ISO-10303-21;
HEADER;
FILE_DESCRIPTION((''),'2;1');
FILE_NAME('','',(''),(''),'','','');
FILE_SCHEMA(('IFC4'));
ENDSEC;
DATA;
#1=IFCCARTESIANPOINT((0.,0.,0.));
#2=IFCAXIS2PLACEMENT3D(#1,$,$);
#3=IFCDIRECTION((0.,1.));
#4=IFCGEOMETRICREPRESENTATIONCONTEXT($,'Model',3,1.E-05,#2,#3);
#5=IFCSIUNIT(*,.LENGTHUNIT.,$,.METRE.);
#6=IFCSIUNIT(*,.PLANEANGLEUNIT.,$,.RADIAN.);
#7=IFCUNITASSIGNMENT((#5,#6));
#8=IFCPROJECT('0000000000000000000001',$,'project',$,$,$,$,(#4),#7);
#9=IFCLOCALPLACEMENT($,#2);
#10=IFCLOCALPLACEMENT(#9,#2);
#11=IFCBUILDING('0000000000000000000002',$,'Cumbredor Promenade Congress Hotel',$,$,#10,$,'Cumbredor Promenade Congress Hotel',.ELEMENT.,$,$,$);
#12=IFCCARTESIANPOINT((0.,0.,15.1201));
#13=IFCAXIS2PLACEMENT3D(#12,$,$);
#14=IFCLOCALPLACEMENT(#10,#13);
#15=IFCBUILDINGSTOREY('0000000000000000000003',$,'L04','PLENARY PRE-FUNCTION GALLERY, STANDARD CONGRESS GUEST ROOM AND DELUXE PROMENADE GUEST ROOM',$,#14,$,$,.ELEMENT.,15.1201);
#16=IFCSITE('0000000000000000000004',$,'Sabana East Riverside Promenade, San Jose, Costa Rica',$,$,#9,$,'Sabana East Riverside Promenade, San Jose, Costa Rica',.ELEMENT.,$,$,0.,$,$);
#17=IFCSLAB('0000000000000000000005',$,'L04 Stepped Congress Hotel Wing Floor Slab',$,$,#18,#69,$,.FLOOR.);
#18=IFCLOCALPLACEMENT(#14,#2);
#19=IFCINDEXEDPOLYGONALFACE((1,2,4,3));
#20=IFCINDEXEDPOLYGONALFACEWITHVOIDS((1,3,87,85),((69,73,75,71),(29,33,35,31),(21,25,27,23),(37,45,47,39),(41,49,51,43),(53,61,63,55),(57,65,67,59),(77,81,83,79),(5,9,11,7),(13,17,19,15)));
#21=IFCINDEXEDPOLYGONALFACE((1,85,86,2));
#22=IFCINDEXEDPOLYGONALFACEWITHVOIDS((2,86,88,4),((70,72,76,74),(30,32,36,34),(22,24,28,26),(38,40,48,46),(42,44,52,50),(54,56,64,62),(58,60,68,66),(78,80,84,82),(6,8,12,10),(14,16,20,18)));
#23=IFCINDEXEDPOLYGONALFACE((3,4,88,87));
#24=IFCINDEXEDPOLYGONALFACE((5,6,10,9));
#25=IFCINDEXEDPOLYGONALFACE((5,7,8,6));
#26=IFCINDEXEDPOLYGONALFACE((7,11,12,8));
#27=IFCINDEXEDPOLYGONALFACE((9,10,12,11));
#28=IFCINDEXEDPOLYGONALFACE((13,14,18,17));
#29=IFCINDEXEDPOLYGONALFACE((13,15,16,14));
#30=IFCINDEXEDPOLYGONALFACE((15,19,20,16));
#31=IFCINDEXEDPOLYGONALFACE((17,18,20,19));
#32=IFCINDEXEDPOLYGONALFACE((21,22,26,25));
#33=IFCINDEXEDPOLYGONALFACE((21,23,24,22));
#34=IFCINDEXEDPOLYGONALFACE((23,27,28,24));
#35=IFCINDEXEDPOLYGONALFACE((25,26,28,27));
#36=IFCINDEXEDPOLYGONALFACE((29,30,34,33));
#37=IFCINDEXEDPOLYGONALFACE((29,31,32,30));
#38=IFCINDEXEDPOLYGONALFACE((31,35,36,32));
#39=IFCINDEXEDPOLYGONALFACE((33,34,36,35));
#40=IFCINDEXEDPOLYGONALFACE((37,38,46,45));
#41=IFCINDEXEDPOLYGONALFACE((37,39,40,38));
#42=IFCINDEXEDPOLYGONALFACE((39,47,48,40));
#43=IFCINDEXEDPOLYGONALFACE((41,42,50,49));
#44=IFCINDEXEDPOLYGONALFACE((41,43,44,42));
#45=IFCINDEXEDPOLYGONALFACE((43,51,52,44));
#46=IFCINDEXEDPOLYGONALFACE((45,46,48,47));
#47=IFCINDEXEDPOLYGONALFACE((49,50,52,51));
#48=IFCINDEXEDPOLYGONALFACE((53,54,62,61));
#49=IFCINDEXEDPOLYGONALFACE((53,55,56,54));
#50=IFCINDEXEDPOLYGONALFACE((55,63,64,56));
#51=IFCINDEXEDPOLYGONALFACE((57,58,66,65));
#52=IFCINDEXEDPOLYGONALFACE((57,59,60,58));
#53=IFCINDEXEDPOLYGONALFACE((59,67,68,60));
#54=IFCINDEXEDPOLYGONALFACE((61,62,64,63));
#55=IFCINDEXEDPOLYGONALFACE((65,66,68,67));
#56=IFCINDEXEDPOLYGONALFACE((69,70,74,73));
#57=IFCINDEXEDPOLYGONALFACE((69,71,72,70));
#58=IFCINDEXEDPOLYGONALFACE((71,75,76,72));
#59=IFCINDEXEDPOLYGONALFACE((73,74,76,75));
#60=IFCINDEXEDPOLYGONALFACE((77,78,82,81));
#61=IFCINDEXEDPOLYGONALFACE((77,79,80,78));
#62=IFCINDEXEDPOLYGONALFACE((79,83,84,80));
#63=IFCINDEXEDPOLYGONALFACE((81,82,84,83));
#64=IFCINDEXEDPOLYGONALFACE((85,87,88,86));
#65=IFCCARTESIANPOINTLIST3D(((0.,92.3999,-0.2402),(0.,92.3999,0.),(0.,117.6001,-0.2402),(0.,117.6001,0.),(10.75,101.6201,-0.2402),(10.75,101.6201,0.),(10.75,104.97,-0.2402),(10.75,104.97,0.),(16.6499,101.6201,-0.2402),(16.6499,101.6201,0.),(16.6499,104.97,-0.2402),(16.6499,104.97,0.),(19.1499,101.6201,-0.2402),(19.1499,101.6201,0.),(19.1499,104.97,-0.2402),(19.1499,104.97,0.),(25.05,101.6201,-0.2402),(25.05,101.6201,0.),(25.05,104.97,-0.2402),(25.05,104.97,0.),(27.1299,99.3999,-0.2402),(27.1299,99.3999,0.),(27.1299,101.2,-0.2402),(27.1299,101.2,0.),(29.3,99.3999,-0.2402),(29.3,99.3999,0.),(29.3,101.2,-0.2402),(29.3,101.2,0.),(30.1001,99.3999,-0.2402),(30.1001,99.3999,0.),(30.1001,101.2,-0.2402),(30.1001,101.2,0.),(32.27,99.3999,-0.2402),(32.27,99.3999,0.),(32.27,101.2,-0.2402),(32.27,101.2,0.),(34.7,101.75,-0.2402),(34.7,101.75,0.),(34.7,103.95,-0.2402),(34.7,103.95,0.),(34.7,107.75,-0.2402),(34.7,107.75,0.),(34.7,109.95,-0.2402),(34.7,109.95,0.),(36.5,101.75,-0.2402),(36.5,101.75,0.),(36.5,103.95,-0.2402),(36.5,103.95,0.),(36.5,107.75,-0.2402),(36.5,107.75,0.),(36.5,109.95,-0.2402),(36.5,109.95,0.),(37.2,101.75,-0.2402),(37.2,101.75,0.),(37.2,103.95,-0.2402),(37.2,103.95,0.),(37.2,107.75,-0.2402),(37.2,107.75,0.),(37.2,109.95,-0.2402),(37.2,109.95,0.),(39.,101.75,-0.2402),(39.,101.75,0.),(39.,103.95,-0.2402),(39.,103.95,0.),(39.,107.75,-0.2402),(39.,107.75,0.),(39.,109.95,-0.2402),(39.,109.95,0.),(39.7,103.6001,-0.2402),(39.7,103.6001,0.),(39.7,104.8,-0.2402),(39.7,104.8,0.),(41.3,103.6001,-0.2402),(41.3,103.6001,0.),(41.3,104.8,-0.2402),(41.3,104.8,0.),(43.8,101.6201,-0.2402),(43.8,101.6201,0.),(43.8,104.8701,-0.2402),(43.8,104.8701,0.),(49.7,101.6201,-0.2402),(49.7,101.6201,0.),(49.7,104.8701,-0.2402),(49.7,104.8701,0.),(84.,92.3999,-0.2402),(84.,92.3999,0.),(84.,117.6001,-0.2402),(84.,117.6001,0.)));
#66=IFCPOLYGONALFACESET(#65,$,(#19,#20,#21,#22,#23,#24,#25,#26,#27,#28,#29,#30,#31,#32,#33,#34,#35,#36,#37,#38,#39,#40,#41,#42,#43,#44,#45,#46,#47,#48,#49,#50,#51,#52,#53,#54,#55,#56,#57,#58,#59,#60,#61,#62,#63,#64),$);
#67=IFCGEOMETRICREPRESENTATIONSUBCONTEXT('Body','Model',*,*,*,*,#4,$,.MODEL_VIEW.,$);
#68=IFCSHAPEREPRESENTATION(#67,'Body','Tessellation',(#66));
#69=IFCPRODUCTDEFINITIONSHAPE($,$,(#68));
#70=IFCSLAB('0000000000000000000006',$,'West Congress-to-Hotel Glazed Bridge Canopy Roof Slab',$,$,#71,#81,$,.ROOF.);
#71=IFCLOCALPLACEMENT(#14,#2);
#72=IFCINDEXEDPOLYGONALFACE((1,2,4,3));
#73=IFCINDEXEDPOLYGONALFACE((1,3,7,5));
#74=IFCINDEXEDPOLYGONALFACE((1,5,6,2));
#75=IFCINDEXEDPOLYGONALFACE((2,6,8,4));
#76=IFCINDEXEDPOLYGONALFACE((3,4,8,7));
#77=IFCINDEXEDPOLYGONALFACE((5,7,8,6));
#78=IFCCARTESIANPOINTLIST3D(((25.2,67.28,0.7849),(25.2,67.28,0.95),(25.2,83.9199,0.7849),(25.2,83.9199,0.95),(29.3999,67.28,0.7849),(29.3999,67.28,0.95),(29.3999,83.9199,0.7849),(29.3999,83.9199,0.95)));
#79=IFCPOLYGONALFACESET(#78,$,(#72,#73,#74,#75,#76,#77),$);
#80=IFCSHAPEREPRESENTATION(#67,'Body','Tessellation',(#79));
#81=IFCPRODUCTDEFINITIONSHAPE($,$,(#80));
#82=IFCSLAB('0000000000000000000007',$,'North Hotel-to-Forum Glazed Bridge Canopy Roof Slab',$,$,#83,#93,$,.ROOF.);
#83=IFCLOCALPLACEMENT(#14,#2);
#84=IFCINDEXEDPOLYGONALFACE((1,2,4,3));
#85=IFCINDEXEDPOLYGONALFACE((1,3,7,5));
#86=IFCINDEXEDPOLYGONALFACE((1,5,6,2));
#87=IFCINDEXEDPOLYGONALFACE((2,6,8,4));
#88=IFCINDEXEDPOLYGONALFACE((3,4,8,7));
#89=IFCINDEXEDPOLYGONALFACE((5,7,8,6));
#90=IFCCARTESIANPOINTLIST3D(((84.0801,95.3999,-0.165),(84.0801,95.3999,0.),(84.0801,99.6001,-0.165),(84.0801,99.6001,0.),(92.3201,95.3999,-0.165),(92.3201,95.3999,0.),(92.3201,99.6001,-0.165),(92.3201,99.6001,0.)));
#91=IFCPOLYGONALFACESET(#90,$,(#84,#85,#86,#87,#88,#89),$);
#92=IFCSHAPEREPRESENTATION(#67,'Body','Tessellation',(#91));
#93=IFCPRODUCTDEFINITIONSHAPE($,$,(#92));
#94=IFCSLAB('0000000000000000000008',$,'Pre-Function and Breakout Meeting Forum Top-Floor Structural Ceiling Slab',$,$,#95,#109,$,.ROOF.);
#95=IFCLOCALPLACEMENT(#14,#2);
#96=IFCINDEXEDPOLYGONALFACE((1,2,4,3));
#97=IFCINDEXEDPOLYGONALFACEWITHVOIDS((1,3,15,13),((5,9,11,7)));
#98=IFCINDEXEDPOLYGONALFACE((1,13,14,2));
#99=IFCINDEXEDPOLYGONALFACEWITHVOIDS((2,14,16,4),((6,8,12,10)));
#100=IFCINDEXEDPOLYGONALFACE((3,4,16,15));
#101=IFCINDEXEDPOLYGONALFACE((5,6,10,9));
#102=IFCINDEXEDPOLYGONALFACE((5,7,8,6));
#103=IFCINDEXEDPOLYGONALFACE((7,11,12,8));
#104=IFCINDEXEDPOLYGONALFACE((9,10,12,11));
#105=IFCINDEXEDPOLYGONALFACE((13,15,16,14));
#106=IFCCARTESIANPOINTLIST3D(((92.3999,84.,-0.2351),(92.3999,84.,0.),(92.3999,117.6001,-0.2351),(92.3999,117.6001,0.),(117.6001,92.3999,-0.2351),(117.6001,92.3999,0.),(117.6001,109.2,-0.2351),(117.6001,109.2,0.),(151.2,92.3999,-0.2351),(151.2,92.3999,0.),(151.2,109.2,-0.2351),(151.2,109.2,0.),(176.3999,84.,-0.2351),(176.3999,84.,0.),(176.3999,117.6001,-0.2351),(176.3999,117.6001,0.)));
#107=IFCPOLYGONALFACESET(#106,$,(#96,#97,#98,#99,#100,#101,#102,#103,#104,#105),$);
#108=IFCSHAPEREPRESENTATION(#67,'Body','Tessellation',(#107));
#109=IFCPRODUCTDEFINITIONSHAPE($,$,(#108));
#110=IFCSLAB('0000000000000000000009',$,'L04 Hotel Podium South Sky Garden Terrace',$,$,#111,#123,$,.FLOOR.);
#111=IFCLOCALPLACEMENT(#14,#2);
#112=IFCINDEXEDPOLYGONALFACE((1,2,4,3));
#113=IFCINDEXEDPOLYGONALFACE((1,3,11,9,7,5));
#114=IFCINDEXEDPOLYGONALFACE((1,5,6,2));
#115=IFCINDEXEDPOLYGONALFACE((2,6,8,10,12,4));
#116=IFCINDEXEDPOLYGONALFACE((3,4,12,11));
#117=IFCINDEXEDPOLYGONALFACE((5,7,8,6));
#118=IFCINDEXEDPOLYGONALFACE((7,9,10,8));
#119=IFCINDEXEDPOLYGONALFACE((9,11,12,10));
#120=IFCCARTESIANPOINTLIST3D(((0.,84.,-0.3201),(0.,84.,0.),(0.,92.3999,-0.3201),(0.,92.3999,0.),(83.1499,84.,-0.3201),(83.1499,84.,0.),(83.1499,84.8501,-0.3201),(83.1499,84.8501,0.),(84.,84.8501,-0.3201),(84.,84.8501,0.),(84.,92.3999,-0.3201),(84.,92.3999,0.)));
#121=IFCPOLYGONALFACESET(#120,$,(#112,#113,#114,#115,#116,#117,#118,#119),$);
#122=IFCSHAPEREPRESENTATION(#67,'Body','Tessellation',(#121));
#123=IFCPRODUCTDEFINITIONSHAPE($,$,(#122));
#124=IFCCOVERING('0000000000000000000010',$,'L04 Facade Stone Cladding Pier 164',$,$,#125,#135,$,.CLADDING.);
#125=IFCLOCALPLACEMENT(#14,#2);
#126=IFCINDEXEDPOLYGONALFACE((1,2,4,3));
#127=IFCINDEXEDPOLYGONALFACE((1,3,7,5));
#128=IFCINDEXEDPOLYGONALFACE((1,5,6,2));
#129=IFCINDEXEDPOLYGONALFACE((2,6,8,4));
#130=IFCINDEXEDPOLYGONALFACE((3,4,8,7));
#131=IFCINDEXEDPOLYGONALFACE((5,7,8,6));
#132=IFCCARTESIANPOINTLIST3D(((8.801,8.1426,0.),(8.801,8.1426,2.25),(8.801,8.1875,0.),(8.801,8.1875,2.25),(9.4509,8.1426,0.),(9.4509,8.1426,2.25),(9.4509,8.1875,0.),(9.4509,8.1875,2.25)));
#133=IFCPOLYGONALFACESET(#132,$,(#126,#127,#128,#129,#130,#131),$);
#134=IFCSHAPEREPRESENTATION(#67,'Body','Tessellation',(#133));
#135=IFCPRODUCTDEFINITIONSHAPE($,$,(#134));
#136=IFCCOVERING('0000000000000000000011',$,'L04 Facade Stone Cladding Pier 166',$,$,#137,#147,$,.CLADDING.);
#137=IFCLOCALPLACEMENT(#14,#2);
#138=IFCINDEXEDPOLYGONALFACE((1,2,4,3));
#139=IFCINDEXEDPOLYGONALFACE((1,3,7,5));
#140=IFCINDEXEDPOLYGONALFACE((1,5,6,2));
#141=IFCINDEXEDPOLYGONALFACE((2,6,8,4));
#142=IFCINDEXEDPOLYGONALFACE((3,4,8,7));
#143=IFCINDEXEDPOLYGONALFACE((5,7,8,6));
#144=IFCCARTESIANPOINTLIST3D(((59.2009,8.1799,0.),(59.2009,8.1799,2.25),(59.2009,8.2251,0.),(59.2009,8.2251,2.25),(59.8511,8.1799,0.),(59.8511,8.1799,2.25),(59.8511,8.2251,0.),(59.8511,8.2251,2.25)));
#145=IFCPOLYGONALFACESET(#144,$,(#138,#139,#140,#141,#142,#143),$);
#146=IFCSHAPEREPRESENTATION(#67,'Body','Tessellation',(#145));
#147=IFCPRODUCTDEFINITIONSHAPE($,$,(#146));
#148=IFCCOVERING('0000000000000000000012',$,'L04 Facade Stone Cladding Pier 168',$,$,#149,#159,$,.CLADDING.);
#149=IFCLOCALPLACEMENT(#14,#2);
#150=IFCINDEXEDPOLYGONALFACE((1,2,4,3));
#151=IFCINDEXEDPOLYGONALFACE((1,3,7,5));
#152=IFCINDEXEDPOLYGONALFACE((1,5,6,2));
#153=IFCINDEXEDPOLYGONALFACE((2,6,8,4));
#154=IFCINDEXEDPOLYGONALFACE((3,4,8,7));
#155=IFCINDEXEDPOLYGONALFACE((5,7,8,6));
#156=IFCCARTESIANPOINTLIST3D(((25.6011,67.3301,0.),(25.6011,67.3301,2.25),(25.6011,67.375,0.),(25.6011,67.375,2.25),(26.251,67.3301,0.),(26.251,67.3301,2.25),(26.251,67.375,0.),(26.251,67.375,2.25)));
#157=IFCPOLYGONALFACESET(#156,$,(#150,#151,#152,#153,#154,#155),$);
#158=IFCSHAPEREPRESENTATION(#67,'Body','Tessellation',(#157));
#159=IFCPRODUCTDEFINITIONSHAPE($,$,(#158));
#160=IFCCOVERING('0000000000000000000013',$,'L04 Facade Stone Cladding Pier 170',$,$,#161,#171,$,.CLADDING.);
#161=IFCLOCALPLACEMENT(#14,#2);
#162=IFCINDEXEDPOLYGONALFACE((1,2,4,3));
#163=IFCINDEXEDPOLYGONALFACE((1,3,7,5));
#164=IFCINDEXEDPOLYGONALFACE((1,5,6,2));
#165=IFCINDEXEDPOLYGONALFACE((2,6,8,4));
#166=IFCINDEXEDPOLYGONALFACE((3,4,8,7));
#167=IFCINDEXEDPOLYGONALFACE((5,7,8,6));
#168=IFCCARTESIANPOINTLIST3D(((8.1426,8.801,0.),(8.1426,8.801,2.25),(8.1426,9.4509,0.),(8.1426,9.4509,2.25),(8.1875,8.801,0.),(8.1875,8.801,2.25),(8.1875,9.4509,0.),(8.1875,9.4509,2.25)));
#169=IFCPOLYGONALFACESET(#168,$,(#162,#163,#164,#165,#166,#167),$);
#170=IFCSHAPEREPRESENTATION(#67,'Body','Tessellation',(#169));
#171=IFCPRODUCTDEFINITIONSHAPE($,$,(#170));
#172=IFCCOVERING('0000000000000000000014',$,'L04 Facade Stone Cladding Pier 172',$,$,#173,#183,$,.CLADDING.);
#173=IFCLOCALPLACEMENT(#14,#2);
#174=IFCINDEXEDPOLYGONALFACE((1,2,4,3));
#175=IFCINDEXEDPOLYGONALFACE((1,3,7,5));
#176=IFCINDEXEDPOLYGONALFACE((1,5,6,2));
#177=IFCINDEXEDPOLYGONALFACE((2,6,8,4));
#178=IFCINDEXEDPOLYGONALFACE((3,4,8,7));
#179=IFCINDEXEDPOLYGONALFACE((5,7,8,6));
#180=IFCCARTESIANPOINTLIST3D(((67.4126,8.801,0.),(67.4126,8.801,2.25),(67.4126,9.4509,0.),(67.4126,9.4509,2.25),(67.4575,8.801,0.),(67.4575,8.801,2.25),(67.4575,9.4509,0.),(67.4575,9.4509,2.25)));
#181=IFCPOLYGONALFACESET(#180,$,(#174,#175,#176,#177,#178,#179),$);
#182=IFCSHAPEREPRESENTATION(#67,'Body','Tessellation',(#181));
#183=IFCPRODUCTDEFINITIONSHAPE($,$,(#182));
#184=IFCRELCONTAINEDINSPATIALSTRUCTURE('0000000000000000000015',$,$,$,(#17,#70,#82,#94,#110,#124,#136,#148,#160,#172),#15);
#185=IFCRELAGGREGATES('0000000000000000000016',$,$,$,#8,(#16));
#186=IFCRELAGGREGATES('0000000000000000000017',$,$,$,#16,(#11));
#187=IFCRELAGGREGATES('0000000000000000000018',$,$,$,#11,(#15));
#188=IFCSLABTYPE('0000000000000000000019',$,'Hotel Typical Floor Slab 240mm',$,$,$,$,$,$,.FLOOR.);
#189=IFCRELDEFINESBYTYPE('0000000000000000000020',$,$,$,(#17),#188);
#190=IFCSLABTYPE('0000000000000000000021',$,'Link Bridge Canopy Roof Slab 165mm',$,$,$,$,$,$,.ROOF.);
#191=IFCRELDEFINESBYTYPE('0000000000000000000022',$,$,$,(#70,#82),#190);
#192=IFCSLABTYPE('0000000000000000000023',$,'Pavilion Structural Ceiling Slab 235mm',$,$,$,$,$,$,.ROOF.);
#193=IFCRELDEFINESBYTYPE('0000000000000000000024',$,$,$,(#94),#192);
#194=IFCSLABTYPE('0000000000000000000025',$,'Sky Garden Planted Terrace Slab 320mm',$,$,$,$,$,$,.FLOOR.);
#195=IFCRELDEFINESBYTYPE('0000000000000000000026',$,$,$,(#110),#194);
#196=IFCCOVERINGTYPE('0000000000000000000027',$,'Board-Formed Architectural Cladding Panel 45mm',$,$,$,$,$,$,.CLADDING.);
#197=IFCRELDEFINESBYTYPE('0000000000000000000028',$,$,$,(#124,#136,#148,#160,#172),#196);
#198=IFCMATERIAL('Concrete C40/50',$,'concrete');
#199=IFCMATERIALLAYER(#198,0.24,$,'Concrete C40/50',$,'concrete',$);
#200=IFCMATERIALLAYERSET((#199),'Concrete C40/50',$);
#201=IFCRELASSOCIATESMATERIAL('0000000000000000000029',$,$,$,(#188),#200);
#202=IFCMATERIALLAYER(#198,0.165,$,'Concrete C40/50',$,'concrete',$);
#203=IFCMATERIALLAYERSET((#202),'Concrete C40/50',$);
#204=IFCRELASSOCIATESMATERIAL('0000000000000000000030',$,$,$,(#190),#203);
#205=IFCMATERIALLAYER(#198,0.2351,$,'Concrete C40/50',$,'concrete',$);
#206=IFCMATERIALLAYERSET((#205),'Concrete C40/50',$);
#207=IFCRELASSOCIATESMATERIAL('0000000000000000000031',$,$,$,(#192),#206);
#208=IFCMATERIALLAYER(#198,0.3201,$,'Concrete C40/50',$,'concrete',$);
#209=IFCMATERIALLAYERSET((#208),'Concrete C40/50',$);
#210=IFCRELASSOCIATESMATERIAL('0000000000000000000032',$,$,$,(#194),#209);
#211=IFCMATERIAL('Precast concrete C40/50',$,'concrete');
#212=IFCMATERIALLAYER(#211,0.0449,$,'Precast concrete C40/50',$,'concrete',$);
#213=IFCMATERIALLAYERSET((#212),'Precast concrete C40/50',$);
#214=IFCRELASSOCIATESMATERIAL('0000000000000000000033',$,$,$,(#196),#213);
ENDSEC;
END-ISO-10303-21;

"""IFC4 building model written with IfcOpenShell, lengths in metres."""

from ifc_helpers import new_model, si_unit, direction, frame, origin, place, context, subcontext, project, spatial, polyline, outline, extrude, material, layer, layer_set, type_object, element, save


model = new_model("IFC4")

# Units and contexts
model_context = context("Model", 3, precision=1e-05, world=origin(), true_north=direction((0.0, 1.0)))
body_context = subcontext(model_context, "Body", "Model", "MODEL_VIEW")
ifc_project = project(units=[si_unit("LENGTHUNIT", "METRE"), si_unit("PLANEANGLEUNIT", "RADIAN")], contexts=[model_context])

# Site, building, storey
site_placement = place(None, origin())
site = spatial("IfcSite", under=ifc_project, at=site_placement, Name="Sabana East Riverside Promenade, San Jose, Costa Rica", LongName="Sabana East Riverside Promenade, San Jose, Costa Rica", CompositionType="ELEMENT", RefElevation=0.0)
building_placement = place(site_placement, origin())
building = spatial("IfcBuilding", under=site, at=building_placement, Name="Cumbredor Promenade Congress Hotel", LongName="Cumbredor Promenade Congress Hotel", CompositionType="ELEMENT")
storey_placement = place(building_placement, frame((0.0, 0.0, 15.1201)))
storey = spatial("IfcBuildingStorey", under=building, at=storey_placement, Name="L04", Description="PLENARY PRE-FUNCTION GALLERY, STANDARD CONGRESS GUEST ROOM AND DELUXE PROMENADE GUEST ROOM", CompositionType="ELEMENT", Elevation=15.1201)

# Slabs
ifc_material_1 = material(Name="Concrete C40/50", Category="concrete")
ifc_layer_1 = layer(ifc_material_1, 0.24, Name="Concrete C40/50", Category="concrete")
ifc_layer_set_1 = layer_set([ifc_layer_1], Name="Concrete C40/50")
slab_type_1 = type_object("IfcSlabType", Name="Hotel Typical Floor Slab 240mm", PredefinedType="FLOOR", material=ifc_layer_set_1)
slab_1_placement = place(storey_placement, frame((0.0, 0.0, -0.2402)))
element("IfcSlab", 1, at=slab_1_placement, inside=storey, type_object=slab_type_1, Name="L04 Stepped Congress Hotel Wing Floor Slab", PredefinedType="FLOOR", context=body_context, shape_type="SweptSolid", body=[
    extrude(outline(polyline([(0.0, 92.3999), (84.0, 92.3999), (84.0, 117.6001), (0.0, 117.6001), (0.0, 92.3999)]), holes=[polyline([(10.75, 101.6201), (16.6499, 101.6201), (16.6499, 104.97), (10.75, 104.97), (10.75, 101.6201)]), polyline([(19.1499, 101.6201), (25.05, 101.6201), (25.05, 104.97), (19.1499, 104.97), (19.1499, 101.6201)]), polyline([(43.8, 101.6201), (49.7, 101.6201), (49.7, 104.8701), (43.8, 104.8701), (43.8, 101.6201)]), polyline([(27.1299, 99.3999), (29.3, 99.3999), (29.3, 101.2), (27.1299, 101.2), (27.1299, 99.3999)]), polyline([(30.1001, 99.3999), (32.27, 99.3999), (32.27, 101.2), (30.1001, 101.2), (30.1001, 99.3999)]), polyline([(34.7, 107.75), (36.5, 107.75), (36.5, 109.95), (34.7, 109.95), (34.7, 107.75)]), polyline([(37.2, 107.75), (39.0, 107.75), (39.0, 109.95), (37.2, 109.95), (37.2, 107.75)]), polyline([(34.7, 101.75), (36.5, 101.75), (36.5, 103.95), (34.7, 103.95), (34.7, 101.75)]), polyline([(37.2, 101.75), (39.0, 101.75), (39.0, 103.95), (37.2, 103.95), (37.2, 101.75)]), polyline([(39.7, 103.6001), (41.3, 103.6001), (41.3, 104.8), (39.7, 104.8), (39.7, 103.6001)])]), origin(), (0.0, 0.0, 1.0), 0.2402),
])
ifc_layer_2 = layer(ifc_material_1, 0.165, Name="Concrete C40/50", Category="concrete")
ifc_layer_set_2 = layer_set([ifc_layer_2], Name="Concrete C40/50")
slab_type_2 = type_object("IfcSlabType", Name="Link Bridge Canopy Roof Slab 165mm", PredefinedType="ROOF", material=ifc_layer_set_2)
slab_2_placement = place(storey_placement, frame((0.0, 0.0, 0.7849)))
element("IfcSlab", 2, at=slab_2_placement, inside=storey, type_object=slab_type_2, Name="West Congress-to-Hotel Glazed Bridge Canopy Roof Slab", PredefinedType="ROOF", context=body_context, shape_type="SweptSolid", body=[
    extrude(outline(polyline([(25.2, 67.28), (29.3999, 67.28), (29.3999, 83.9199), (25.2, 83.9199), (25.2, 67.28)])), origin(), (0.0, 0.0, 1.0), 0.165),
])
slab_3_placement = place(storey_placement, frame((0.0, 0.0, -0.165)))
element("IfcSlab", 3, at=slab_3_placement, inside=storey, type_object=slab_type_2, Name="North Hotel-to-Forum Glazed Bridge Canopy Roof Slab", PredefinedType="ROOF", context=body_context, shape_type="SweptSolid", body=[
    extrude(outline(polyline([(84.0801, 95.3999), (92.3201, 95.3999), (92.3201, 99.6001), (84.0801, 99.6001), (84.0801, 95.3999)])), origin(), (0.0, 0.0, 1.0), 0.165),
])
ifc_layer_3 = layer(ifc_material_1, 0.2351, Name="Concrete C40/50", Category="concrete")
ifc_layer_set_3 = layer_set([ifc_layer_3], Name="Concrete C40/50")
slab_type_3 = type_object("IfcSlabType", Name="Pavilion Structural Ceiling Slab 235mm", PredefinedType="ROOF", material=ifc_layer_set_3)
slab_4_placement = place(storey_placement, frame((0.0, 0.0, -0.2351)))
element("IfcSlab", 4, at=slab_4_placement, inside=storey, type_object=slab_type_3, Name="Pre-Function and Breakout Meeting Forum Top-Floor Structural Ceiling Slab", PredefinedType="ROOF", context=body_context, shape_type="SweptSolid", body=[
    extrude(outline(polyline([(92.3999, 84.0), (176.3999, 84.0), (176.3999, 117.6001), (92.3999, 117.6001), (92.3999, 84.0)]), holes=[polyline([(117.6001, 92.3999), (151.2, 92.3999), (151.2, 109.2), (117.6001, 109.2), (117.6001, 92.3999)])]), origin(), (0.0, 0.0, 1.0), 0.2351),
])
ifc_layer_4 = layer(ifc_material_1, 0.3201, Name="Concrete C40/50", Category="concrete")
ifc_layer_set_4 = layer_set([ifc_layer_4], Name="Concrete C40/50")
slab_type_4 = type_object("IfcSlabType", Name="Sky Garden Planted Terrace Slab 320mm", PredefinedType="FLOOR", material=ifc_layer_set_4)
slab_5_placement = place(storey_placement, frame((0.0, 0.0, -0.3201)))
element("IfcSlab", 5, at=slab_5_placement, inside=storey, type_object=slab_type_4, Name="L04 Hotel Podium South Sky Garden Terrace", PredefinedType="FLOOR", context=body_context, shape_type="SweptSolid", body=[
    extrude(outline(polyline([(0.0, 84.0), (83.1499, 84.0), (83.1499, 84.8501), (84.0, 84.8501), (84.0, 92.3999), (0.0, 92.3999), (0.0, 84.0)])), origin(), (0.0, 0.0, 1.0), 0.3201),
])

# Coverings
ifc_material_2 = material(Name="Precast concrete C40/50", Category="concrete")
ifc_layer_5 = layer(ifc_material_2, 0.0449, Name="Precast concrete C40/50", Category="concrete")
ifc_layer_set_5 = layer_set([ifc_layer_5], Name="Precast concrete C40/50")
covering_type_1 = type_object("IfcCoveringType", Name="Board-Formed Architectural Cladding Panel 45mm", PredefinedType="CLADDING", material=ifc_layer_set_5)
covering_1_placement = place(storey_placement, origin())
element("IfcCovering", 6, at=covering_1_placement, inside=storey, type_object=covering_type_1, Name="L04 Facade Stone Cladding Pier 164", PredefinedType="CLADDING", context=body_context, shape_type="SweptSolid", body=[
    extrude(outline(polyline([(8.801, 8.1875), (9.4509, 8.1875), (9.4509, 8.1426), (8.801, 8.1426), (8.801, 8.1875)])), origin(), (0.0, 0.0, 1.0), 2.25),
])
covering_2_placement = place(storey_placement, origin())
element("IfcCovering", 7, at=covering_2_placement, inside=storey, type_object=covering_type_1, Name="L04 Facade Stone Cladding Pier 166", PredefinedType="CLADDING", context=body_context, shape_type="SweptSolid", body=[
    extrude(outline(polyline([(59.2009, 8.2251), (59.8511, 8.2251), (59.8511, 8.1799), (59.2009, 8.1799), (59.2009, 8.2251)])), origin(), (0.0, 0.0, 1.0), 2.25),
])
covering_3_placement = place(storey_placement, origin())
element("IfcCovering", 8, at=covering_3_placement, inside=storey, type_object=covering_type_1, Name="L04 Facade Stone Cladding Pier 168", PredefinedType="CLADDING", context=body_context, shape_type="SweptSolid", body=[
    extrude(outline(polyline([(25.6011, 67.3301), (26.251, 67.3301), (26.251, 67.375), (25.6011, 67.375), (25.6011, 67.3301)])), origin(), (0.0, 0.0, 1.0), 2.25),
])
covering_4_placement = place(storey_placement, origin())
element("IfcCovering", 9, at=covering_4_placement, inside=storey, type_object=covering_type_1, Name="L04 Facade Stone Cladding Pier 170", PredefinedType="CLADDING", context=body_context, shape_type="SweptSolid", body=[
    extrude(outline(polyline([(8.1875, 8.801), (8.1875, 9.4509), (8.1426, 9.4509), (8.1426, 8.801), (8.1875, 8.801)])), origin(), (0.0, 0.0, 1.0), 2.25),
])
covering_5_placement = place(storey_placement, origin())
element("IfcCovering", 10, at=covering_5_placement, inside=storey, type_object=covering_type_1, Name="L04 Facade Stone Cladding Pier 172", PredefinedType="CLADDING", context=body_context, shape_type="SweptSolid", body=[
    extrude(outline(polyline([(67.4126, 8.801), (67.4126, 9.4509), (67.4575, 9.4509), (67.4575, 8.801), (67.4126, 8.801)])), origin(), (0.0, 0.0, 1.0), 2.25),
])

save(model, "model.ifc")
